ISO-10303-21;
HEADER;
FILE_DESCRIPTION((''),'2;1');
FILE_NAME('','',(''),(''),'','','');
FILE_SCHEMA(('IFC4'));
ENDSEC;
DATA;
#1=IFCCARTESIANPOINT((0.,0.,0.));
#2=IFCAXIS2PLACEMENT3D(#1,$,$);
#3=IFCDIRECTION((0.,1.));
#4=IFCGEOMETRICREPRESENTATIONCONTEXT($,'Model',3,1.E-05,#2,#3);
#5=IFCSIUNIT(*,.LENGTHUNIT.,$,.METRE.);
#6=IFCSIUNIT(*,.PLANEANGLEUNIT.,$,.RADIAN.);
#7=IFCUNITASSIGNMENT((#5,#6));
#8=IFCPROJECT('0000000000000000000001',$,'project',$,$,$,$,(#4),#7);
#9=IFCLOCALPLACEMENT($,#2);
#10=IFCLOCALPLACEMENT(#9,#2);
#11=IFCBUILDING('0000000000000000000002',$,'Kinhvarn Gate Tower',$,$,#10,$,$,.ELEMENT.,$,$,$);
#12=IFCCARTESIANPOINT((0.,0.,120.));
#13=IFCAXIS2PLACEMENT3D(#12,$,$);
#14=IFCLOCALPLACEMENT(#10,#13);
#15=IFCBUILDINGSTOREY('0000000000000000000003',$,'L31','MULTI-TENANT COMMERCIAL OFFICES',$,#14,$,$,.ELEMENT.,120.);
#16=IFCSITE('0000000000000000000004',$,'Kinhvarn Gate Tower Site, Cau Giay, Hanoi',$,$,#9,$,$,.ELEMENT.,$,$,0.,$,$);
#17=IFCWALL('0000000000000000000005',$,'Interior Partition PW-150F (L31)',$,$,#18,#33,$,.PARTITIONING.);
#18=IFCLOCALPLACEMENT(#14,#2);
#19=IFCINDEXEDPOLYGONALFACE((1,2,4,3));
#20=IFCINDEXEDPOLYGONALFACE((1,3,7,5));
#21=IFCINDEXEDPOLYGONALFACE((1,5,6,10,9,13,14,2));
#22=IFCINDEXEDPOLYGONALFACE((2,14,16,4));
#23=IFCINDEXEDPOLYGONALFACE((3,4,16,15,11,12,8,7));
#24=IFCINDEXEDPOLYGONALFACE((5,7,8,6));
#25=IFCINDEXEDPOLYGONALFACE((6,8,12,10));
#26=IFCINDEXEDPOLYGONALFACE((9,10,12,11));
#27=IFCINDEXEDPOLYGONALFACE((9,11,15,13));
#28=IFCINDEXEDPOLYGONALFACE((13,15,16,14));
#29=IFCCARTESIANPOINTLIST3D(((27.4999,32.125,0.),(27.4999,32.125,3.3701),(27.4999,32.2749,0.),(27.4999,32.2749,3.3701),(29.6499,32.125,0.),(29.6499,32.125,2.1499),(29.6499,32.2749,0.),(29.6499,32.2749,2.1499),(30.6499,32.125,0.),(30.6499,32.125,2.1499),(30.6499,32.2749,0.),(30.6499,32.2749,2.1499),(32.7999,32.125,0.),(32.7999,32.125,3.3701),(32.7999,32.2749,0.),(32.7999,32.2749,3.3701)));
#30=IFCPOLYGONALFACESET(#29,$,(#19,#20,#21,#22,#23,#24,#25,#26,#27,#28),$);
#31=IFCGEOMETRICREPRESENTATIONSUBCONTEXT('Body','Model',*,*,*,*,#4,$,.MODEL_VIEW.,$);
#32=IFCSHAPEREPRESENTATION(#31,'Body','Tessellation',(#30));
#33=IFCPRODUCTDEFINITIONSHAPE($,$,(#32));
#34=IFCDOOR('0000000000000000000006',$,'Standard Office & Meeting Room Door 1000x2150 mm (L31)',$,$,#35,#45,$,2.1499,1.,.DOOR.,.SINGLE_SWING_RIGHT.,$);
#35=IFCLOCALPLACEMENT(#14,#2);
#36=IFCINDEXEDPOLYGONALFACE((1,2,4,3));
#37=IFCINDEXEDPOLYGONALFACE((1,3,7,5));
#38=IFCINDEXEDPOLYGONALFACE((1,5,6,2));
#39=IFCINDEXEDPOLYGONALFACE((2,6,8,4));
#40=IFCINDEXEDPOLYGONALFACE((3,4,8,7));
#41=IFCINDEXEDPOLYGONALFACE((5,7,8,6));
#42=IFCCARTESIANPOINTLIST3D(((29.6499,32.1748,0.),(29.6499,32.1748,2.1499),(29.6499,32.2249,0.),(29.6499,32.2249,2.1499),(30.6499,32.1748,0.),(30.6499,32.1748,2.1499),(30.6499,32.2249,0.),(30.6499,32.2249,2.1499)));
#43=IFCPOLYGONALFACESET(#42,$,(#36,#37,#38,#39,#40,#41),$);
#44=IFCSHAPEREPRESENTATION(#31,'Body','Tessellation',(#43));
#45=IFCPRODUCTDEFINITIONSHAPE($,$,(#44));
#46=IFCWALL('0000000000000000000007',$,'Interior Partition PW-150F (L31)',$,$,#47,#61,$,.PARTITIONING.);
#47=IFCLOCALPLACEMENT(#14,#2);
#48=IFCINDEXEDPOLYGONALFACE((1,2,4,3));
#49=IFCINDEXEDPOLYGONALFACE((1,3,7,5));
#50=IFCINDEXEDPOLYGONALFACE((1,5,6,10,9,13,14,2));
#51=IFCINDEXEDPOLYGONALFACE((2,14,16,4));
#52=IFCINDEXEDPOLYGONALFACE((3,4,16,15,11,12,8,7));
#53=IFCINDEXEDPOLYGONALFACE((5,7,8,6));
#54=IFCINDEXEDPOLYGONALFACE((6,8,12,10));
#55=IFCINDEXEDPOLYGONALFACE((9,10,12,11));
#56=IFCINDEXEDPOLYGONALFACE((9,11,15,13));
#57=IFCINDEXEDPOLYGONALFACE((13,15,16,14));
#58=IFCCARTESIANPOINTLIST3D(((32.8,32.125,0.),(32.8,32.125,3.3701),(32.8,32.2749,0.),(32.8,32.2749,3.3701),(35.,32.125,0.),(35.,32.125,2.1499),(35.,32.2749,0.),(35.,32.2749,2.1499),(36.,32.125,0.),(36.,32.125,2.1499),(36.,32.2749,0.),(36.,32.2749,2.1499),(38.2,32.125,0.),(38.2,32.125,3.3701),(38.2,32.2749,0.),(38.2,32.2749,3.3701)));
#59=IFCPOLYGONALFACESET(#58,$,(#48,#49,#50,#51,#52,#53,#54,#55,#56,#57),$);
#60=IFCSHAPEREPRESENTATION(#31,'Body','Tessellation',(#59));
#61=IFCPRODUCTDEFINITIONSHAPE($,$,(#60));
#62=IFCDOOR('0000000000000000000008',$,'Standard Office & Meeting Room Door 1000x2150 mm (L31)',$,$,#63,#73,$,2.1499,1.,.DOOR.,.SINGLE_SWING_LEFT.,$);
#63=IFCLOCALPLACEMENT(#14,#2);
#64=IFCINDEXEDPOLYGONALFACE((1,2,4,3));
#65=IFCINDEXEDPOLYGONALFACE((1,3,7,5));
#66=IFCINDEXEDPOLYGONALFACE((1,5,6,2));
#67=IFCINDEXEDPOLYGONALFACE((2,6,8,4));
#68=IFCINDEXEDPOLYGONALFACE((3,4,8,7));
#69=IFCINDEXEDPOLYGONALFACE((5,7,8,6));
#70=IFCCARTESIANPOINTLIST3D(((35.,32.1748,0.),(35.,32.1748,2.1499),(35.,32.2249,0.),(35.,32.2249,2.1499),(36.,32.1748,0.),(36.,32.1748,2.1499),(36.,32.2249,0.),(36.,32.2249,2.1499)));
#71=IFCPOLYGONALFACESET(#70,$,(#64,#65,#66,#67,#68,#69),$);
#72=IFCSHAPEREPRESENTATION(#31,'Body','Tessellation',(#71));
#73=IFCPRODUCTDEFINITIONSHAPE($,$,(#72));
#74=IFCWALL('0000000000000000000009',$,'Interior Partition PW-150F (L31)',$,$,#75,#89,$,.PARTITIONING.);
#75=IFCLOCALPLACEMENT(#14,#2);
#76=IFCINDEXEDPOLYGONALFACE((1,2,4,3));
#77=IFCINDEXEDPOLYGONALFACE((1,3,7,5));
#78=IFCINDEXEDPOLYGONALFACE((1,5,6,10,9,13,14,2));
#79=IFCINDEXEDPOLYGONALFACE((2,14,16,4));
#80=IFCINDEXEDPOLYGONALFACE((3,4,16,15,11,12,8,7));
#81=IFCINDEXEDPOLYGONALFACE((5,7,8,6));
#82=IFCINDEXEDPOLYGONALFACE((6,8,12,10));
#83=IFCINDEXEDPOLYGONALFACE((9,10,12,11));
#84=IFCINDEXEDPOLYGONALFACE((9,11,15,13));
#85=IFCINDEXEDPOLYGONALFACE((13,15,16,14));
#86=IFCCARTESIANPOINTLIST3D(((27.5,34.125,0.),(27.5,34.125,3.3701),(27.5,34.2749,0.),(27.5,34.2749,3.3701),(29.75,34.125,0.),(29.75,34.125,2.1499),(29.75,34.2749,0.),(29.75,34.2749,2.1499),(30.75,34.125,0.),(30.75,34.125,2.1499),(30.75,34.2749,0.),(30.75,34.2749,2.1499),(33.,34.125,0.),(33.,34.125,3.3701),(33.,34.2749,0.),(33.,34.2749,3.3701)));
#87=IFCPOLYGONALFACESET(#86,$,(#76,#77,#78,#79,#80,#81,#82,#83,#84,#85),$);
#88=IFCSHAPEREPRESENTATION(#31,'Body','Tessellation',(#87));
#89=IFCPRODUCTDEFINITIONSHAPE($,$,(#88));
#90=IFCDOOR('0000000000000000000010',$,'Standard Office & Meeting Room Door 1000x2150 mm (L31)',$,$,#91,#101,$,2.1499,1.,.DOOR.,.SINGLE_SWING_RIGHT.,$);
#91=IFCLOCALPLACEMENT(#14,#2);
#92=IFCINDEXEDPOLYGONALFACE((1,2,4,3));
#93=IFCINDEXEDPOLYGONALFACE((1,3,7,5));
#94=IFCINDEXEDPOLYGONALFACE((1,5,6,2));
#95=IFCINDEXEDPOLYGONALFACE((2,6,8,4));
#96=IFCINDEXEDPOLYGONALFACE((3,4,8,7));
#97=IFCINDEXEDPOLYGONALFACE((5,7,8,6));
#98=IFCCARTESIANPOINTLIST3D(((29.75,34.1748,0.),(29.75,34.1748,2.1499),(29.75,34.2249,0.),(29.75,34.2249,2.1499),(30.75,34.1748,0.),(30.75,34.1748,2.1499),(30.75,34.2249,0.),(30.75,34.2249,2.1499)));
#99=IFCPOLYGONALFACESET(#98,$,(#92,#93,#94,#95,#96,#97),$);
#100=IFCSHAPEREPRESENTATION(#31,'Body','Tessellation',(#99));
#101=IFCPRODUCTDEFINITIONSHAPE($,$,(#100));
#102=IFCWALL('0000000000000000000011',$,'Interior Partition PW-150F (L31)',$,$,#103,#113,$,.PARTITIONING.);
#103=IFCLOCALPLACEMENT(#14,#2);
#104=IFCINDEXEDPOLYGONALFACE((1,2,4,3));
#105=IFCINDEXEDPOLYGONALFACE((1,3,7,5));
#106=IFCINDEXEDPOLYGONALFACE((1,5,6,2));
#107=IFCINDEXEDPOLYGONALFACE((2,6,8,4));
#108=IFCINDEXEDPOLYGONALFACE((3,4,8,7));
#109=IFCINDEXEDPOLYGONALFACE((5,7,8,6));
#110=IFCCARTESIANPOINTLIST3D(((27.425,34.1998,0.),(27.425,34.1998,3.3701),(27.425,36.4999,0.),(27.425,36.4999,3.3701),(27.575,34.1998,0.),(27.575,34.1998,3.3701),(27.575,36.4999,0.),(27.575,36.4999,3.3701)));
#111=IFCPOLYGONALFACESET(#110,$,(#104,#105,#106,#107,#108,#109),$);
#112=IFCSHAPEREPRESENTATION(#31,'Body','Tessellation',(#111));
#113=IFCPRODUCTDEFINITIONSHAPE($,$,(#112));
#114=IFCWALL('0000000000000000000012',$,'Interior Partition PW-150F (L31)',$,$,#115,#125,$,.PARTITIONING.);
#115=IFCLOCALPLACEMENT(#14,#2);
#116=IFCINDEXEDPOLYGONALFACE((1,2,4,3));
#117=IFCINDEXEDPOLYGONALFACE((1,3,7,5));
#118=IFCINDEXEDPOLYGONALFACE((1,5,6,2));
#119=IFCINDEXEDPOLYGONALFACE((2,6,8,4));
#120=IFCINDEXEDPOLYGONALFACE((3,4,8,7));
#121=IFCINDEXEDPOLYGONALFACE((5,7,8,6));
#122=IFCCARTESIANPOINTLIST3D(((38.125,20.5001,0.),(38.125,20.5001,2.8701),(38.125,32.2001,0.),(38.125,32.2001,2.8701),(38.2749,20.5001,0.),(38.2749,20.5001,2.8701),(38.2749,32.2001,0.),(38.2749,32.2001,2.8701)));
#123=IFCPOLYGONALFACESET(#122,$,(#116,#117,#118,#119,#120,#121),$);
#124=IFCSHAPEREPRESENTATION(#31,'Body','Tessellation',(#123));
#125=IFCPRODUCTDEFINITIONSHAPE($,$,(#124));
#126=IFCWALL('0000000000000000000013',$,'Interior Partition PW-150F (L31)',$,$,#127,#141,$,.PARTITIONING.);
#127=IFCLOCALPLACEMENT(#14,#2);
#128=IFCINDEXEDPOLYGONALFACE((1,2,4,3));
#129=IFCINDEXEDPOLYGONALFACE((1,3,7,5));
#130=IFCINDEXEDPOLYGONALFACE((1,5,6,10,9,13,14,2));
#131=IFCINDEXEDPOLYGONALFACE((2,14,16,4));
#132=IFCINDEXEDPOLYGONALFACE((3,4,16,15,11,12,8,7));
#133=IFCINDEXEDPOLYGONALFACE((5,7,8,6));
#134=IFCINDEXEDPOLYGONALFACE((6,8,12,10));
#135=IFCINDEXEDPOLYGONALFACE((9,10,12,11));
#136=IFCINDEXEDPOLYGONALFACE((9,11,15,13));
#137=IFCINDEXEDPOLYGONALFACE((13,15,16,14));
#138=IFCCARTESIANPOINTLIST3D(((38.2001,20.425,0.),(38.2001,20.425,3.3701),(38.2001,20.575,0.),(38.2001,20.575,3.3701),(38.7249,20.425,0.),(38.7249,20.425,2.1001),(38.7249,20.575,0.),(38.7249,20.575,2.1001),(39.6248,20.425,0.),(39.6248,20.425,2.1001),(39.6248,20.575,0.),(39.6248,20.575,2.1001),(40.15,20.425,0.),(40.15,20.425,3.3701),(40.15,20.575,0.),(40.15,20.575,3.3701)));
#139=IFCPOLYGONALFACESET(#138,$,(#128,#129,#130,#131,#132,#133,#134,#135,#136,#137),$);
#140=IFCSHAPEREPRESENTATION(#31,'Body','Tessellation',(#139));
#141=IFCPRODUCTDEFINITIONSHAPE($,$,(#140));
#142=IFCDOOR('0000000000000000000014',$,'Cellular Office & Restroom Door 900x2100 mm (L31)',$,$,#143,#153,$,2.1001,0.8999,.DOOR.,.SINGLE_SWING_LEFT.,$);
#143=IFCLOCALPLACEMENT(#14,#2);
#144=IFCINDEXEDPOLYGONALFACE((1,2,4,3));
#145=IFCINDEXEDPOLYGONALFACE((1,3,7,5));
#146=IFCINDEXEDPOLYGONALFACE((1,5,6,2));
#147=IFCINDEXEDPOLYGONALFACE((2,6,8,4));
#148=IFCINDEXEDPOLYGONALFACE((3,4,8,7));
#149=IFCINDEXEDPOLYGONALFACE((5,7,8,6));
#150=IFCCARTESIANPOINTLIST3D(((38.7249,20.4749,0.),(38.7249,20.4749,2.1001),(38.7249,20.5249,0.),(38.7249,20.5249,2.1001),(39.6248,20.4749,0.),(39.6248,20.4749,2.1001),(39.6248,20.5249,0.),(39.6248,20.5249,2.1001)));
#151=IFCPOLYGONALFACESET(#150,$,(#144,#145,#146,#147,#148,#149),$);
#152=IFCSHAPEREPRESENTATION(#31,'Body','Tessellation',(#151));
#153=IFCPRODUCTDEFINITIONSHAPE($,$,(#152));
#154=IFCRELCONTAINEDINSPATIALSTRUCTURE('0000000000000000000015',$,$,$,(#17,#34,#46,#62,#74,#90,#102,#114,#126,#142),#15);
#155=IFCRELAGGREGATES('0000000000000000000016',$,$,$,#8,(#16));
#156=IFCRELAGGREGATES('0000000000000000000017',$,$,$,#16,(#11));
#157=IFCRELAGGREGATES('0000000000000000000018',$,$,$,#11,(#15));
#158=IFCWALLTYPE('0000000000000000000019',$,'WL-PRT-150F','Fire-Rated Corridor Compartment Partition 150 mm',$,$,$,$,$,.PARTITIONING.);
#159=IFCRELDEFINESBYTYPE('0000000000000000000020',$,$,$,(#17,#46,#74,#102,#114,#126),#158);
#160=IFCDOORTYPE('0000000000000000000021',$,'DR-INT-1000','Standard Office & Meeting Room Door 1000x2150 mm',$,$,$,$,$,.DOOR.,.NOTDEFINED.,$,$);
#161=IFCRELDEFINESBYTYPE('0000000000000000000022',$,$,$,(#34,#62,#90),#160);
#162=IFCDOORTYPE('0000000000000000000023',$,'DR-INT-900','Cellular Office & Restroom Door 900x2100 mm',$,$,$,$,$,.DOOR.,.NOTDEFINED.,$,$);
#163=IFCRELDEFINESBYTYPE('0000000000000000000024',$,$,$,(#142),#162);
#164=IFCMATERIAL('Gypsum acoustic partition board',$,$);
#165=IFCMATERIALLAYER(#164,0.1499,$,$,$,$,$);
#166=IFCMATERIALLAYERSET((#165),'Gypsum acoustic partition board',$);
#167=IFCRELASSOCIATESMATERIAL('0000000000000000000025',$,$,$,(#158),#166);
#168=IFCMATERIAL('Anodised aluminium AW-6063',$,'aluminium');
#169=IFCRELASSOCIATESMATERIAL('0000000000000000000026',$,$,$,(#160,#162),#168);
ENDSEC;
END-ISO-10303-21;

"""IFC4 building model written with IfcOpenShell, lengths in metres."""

from ifc_helpers import new_model, si_unit, direction, frame, frame_2d, origin, place, context, subcontext, project, spatial, rectangle, extrude, material, layer, layer_set, type_object, element, fill, save


model = new_model("IFC4")

# Units and contexts
model_context = context("Model", 3, precision=1e-05, world=origin(), true_north=direction((0.0, 1.0)))
body_context = subcontext(model_context, "Body", "Model", "MODEL_VIEW")
ifc_project = project(units=[si_unit("LENGTHUNIT", "METRE"), si_unit("PLANEANGLEUNIT", "RADIAN")], contexts=[model_context])

# Site, building, storey
site_placement = place(None, origin())
site = spatial("IfcSite", under=ifc_project, at=site_placement, Name="Kinhvarn Gate Tower Site, Cau Giay, Hanoi", CompositionType="ELEMENT", RefElevation=0.0)
building_placement = place(site_placement, origin())
building = spatial("IfcBuilding", under=site, at=building_placement, Name="Kinhvarn Gate Tower", CompositionType="ELEMENT")
storey_placement = place(building_placement, frame((0.0, 0.0, 120.0)))
storey = spatial("IfcBuildingStorey", under=building, at=storey_placement, Name="L31", Description="MULTI-TENANT COMMERCIAL OFFICES", CompositionType="ELEMENT", Elevation=120.0)

# Shared definitions
ifc_material_1 = material(Name="Gypsum acoustic partition board")

# Walls, openings, doors
ifc_layer_1 = layer(ifc_material_1, 0.1499)
ifc_layer_set_1 = layer_set([ifc_layer_1], Name="Gypsum acoustic partition board")
wall_type_1 = type_object("IfcWallType", Name="WL-PRT-150F", Description="Fire-Rated Corridor Compartment Partition 150 mm", PredefinedType="PARTITIONING", material=ifc_layer_set_1)
wall_1_placement = place(storey_placement, frame((27.5, 32.2, 0.0), z_axis=(0.0, 0.0, 1.0), x_axis=(1.0, 0.0, 0.0)))
wall_1 = element("IfcWall", 1, at=wall_1_placement, inside=storey, type_object=wall_type_1, Name="Interior Partition PW-150F (L31)", PredefinedType="PARTITIONING", context=body_context, shape_type="SweptSolid", body=[
    extrude(rectangle(XDim=5.3, YDim=0.1499, at=frame_2d((2.6499, 0.0))), origin(), (0.0, 0.0, 1.0), 3.3701),
])
opening_1_placement = place(wall_1_placement, frame((2.1499, 0.0, 0.0)))
opening_1 = element("IfcOpeningElement", 2, at=opening_1_placement, cuts=wall_1, PredefinedType="OPENING", context=body_context, shape_type="SweptSolid", body=[
    extrude(rectangle(XDim=1.0, YDim=2.1499, at=frame_2d((0.5, 1.075))), frame((0.0, 0.085, 0.0), z_axis=(0.0, -1.0, 0.0), x_axis=(1.0, 0.0, 0.0)), (0.0, 0.0, 1.0), 0.1699),
])
ifc_material_2 = material(Name="Anodised aluminium AW-6063", Category="aluminium")
door_type_1 = type_object("IfcDoorType", Name="DR-INT-1000", Description="Standard Office & Meeting Room Door 1000x2150 mm", OperationType="NOTDEFINED", PredefinedType="DOOR", material=ifc_material_2)
door_1_placement = place(opening_1_placement, origin())
door_1 = element("IfcDoor", 3, at=door_1_placement, inside=storey, type_object=door_type_1, Name="Standard Office & Meeting Room Door 1000x2150 mm (L31)", OperationType="SINGLE_SWING_RIGHT", OverallHeight=2.1499, OverallWidth=1.0, PredefinedType="DOOR", context=body_context, shape_type="SweptSolid", body=[
    extrude(rectangle(XDim=1.0, YDim=2.1499, at=frame_2d((0.5, 1.075))), frame((0.0, 0.0249, 0.0), z_axis=(0.0, -1.0, 0.0), x_axis=(1.0, 0.0, 0.0)), (0.0, 0.0, 1.0), 0.05),
])
fill(opening_1, door_1)
wall_2_placement = place(storey_placement, frame((32.8, 32.2, 0.0), z_axis=(0.0, 0.0, 1.0), x_axis=(1.0, 0.0, 0.0)))
wall_2 = element("IfcWall", 4, at=wall_2_placement, inside=storey, type_object=wall_type_1, Name="Interior Partition PW-150F (L31)", PredefinedType="PARTITIONING", context=body_context, shape_type="SweptSolid", body=[
    extrude(rectangle(XDim=5.3999, YDim=0.1499, at=frame_2d((2.7, 0.0))), origin(), (0.0, 0.0, 1.0), 3.3701),
])
opening_2_placement = place(wall_2_placement, frame((2.2, 0.0, 0.0)))
opening_2 = element("IfcOpeningElement", 5, at=opening_2_placement, cuts=wall_2, PredefinedType="OPENING", context=body_context, shape_type="SweptSolid", body=[
    extrude(rectangle(XDim=1.0, YDim=2.1499, at=frame_2d((0.5, 1.075))), frame((0.0, 0.085, 0.0), z_axis=(0.0, -1.0, 0.0), x_axis=(1.0, 0.0, 0.0)), (0.0, 0.0, 1.0), 0.1699),
])
door_2_placement = place(opening_2_placement, origin())
door_2 = element("IfcDoor", 6, at=door_2_placement, inside=storey, type_object=door_type_1, Name="Standard Office & Meeting Room Door 1000x2150 mm (L31)", OperationType="SINGLE_SWING_LEFT", OverallHeight=2.1499, OverallWidth=1.0, PredefinedType="DOOR", context=body_context, shape_type="SweptSolid", body=[
    extrude(rectangle(XDim=1.0, YDim=2.1499, at=frame_2d((0.5, 1.075))), frame((0.0, 0.0249, 0.0), z_axis=(0.0, -1.0, 0.0), x_axis=(1.0, 0.0, 0.0)), (0.0, 0.0, 1.0), 0.05),
])
fill(opening_2, door_2)
wall_3_placement = place(storey_placement, frame((27.5, 34.2, 0.0), z_axis=(0.0, 0.0, 1.0), x_axis=(1.0, 0.0, 0.0)))
wall_3 = element("IfcWall", 7, at=wall_3_placement, inside=storey, type_object=wall_type_1, Name="Interior Partition PW-150F (L31)", PredefinedType="PARTITIONING", context=body_context, shape_type="SweptSolid", body=[
    extrude(rectangle(XDim=5.5, YDim=0.1499, at=frame_2d((2.75, 0.0))), origin(), (0.0, 0.0, 1.0), 3.3701),
])
opening_3_placement = place(wall_3_placement, frame((2.25, 0.0, 0.0)))
opening_3 = element("IfcOpeningElement", 8, at=opening_3_placement, cuts=wall_3, PredefinedType="OPENING", context=body_context, shape_type="SweptSolid", body=[
    extrude(rectangle(XDim=1.0, YDim=2.1499, at=frame_2d((0.5, 1.075))), frame((0.0, 0.085, 0.0), z_axis=(0.0, -1.0, 0.0), x_axis=(1.0, 0.0, 0.0)), (0.0, 0.0, 1.0), 0.1699),
])
door_3_placement = place(opening_3_placement, origin())
door_3 = element("IfcDoor", 9, at=door_3_placement, inside=storey, type_object=door_type_1, Name="Standard Office & Meeting Room Door 1000x2150 mm (L31)", OperationType="SINGLE_SWING_RIGHT", OverallHeight=2.1499, OverallWidth=1.0, PredefinedType="DOOR", context=body_context, shape_type="SweptSolid", body=[
    extrude(rectangle(XDim=1.0, YDim=2.1499, at=frame_2d((0.5, 1.075))), frame((0.0, 0.0249, 0.0), z_axis=(0.0, -1.0, 0.0), x_axis=(1.0, 0.0, 0.0)), (0.0, 0.0, 1.0), 0.05),
])
fill(opening_3, door_3)

# Walls
wall_4_placement = place(storey_placement, frame((27.5, 34.2, 0.0), z_axis=(0.0, 0.0, 1.0), x_axis=(0.0, 1.0, 0.0)))
element("IfcWall", 10, at=wall_4_placement, inside=storey, type_object=wall_type_1, Name="Interior Partition PW-150F (L31)", PredefinedType="PARTITIONING", context=body_context, shape_type="SweptSolid", body=[
    extrude(rectangle(XDim=2.3, YDim=0.1499, at=frame_2d((1.1499, 0.0))), origin(), (0.0, 0.0, 1.0), 3.3701),
])
wall_5_placement = place(storey_placement, frame((38.2, 20.5, 0.0), z_axis=(0.0, 0.0, 1.0), x_axis=(0.0, 1.0, 0.0)))
element("IfcWall", 11, at=wall_5_placement, inside=storey, type_object=wall_type_1, Name="Interior Partition PW-150F (L31)", PredefinedType="PARTITIONING", context=body_context, shape_type="SweptSolid", body=[
    extrude(rectangle(XDim=11.7, YDim=0.1499, at=frame_2d((5.8501, 0.0))), origin(), (0.0, 0.0, 1.0), 2.8701),
])

# Wall, opening, door
wall_6_placement = place(storey_placement, frame((38.2, 20.5, 0.0), z_axis=(0.0, 0.0, 1.0), x_axis=(1.0, 0.0, 0.0)))
wall_6 = element("IfcWall", 12, at=wall_6_placement, inside=storey, type_object=wall_type_1, Name="Interior Partition PW-150F (L31)", PredefinedType="PARTITIONING", context=body_context, shape_type="SweptSolid", body=[
    extrude(rectangle(XDim=1.95, YDim=0.1499, at=frame_2d((0.9751, 0.0))), origin(), (0.0, 0.0, 1.0), 3.3701),
])
opening_4_placement = place(wall_6_placement, frame((0.5249, 0.0, 0.0)))
opening_4 = element("IfcOpeningElement", 13, at=opening_4_placement, cuts=wall_6, PredefinedType="OPENING", context=body_context, shape_type="SweptSolid", body=[
    extrude(rectangle(XDim=0.8999, YDim=2.1001, at=frame_2d((0.45, 1.05))), frame((0.0, 0.085, 0.0), z_axis=(0.0, -1.0, 0.0), x_axis=(1.0, 0.0, 0.0)), (0.0, 0.0, 1.0), 0.1699),
])
door_type_2 = type_object("IfcDoorType", Name="DR-INT-900", Description="Cellular Office & Restroom Door 900x2100 mm", OperationType="NOTDEFINED", PredefinedType="DOOR", material=ifc_material_2)
door_4_placement = place(opening_4_placement, origin())
door_4 = element("IfcDoor", 14, at=door_4_placement, inside=storey, type_object=door_type_2, Name="Cellular Office & Restroom Door 900x2100 mm (L31)", OperationType="SINGLE_SWING_LEFT", OverallHeight=2.1001, OverallWidth=0.8999, PredefinedType="DOOR", context=body_context, shape_type="SweptSolid", body=[
    extrude(rectangle(XDim=0.8999, YDim=2.1001, at=frame_2d((0.45, 1.05))), frame((0.0, 0.0249, 0.0), z_axis=(0.0, -1.0, 0.0), x_axis=(1.0, 0.0, 0.0)), (0.0, 0.0, 1.0), 0.05),
])
fill(opening_4, door_4)

save(model, "model.ifc")
